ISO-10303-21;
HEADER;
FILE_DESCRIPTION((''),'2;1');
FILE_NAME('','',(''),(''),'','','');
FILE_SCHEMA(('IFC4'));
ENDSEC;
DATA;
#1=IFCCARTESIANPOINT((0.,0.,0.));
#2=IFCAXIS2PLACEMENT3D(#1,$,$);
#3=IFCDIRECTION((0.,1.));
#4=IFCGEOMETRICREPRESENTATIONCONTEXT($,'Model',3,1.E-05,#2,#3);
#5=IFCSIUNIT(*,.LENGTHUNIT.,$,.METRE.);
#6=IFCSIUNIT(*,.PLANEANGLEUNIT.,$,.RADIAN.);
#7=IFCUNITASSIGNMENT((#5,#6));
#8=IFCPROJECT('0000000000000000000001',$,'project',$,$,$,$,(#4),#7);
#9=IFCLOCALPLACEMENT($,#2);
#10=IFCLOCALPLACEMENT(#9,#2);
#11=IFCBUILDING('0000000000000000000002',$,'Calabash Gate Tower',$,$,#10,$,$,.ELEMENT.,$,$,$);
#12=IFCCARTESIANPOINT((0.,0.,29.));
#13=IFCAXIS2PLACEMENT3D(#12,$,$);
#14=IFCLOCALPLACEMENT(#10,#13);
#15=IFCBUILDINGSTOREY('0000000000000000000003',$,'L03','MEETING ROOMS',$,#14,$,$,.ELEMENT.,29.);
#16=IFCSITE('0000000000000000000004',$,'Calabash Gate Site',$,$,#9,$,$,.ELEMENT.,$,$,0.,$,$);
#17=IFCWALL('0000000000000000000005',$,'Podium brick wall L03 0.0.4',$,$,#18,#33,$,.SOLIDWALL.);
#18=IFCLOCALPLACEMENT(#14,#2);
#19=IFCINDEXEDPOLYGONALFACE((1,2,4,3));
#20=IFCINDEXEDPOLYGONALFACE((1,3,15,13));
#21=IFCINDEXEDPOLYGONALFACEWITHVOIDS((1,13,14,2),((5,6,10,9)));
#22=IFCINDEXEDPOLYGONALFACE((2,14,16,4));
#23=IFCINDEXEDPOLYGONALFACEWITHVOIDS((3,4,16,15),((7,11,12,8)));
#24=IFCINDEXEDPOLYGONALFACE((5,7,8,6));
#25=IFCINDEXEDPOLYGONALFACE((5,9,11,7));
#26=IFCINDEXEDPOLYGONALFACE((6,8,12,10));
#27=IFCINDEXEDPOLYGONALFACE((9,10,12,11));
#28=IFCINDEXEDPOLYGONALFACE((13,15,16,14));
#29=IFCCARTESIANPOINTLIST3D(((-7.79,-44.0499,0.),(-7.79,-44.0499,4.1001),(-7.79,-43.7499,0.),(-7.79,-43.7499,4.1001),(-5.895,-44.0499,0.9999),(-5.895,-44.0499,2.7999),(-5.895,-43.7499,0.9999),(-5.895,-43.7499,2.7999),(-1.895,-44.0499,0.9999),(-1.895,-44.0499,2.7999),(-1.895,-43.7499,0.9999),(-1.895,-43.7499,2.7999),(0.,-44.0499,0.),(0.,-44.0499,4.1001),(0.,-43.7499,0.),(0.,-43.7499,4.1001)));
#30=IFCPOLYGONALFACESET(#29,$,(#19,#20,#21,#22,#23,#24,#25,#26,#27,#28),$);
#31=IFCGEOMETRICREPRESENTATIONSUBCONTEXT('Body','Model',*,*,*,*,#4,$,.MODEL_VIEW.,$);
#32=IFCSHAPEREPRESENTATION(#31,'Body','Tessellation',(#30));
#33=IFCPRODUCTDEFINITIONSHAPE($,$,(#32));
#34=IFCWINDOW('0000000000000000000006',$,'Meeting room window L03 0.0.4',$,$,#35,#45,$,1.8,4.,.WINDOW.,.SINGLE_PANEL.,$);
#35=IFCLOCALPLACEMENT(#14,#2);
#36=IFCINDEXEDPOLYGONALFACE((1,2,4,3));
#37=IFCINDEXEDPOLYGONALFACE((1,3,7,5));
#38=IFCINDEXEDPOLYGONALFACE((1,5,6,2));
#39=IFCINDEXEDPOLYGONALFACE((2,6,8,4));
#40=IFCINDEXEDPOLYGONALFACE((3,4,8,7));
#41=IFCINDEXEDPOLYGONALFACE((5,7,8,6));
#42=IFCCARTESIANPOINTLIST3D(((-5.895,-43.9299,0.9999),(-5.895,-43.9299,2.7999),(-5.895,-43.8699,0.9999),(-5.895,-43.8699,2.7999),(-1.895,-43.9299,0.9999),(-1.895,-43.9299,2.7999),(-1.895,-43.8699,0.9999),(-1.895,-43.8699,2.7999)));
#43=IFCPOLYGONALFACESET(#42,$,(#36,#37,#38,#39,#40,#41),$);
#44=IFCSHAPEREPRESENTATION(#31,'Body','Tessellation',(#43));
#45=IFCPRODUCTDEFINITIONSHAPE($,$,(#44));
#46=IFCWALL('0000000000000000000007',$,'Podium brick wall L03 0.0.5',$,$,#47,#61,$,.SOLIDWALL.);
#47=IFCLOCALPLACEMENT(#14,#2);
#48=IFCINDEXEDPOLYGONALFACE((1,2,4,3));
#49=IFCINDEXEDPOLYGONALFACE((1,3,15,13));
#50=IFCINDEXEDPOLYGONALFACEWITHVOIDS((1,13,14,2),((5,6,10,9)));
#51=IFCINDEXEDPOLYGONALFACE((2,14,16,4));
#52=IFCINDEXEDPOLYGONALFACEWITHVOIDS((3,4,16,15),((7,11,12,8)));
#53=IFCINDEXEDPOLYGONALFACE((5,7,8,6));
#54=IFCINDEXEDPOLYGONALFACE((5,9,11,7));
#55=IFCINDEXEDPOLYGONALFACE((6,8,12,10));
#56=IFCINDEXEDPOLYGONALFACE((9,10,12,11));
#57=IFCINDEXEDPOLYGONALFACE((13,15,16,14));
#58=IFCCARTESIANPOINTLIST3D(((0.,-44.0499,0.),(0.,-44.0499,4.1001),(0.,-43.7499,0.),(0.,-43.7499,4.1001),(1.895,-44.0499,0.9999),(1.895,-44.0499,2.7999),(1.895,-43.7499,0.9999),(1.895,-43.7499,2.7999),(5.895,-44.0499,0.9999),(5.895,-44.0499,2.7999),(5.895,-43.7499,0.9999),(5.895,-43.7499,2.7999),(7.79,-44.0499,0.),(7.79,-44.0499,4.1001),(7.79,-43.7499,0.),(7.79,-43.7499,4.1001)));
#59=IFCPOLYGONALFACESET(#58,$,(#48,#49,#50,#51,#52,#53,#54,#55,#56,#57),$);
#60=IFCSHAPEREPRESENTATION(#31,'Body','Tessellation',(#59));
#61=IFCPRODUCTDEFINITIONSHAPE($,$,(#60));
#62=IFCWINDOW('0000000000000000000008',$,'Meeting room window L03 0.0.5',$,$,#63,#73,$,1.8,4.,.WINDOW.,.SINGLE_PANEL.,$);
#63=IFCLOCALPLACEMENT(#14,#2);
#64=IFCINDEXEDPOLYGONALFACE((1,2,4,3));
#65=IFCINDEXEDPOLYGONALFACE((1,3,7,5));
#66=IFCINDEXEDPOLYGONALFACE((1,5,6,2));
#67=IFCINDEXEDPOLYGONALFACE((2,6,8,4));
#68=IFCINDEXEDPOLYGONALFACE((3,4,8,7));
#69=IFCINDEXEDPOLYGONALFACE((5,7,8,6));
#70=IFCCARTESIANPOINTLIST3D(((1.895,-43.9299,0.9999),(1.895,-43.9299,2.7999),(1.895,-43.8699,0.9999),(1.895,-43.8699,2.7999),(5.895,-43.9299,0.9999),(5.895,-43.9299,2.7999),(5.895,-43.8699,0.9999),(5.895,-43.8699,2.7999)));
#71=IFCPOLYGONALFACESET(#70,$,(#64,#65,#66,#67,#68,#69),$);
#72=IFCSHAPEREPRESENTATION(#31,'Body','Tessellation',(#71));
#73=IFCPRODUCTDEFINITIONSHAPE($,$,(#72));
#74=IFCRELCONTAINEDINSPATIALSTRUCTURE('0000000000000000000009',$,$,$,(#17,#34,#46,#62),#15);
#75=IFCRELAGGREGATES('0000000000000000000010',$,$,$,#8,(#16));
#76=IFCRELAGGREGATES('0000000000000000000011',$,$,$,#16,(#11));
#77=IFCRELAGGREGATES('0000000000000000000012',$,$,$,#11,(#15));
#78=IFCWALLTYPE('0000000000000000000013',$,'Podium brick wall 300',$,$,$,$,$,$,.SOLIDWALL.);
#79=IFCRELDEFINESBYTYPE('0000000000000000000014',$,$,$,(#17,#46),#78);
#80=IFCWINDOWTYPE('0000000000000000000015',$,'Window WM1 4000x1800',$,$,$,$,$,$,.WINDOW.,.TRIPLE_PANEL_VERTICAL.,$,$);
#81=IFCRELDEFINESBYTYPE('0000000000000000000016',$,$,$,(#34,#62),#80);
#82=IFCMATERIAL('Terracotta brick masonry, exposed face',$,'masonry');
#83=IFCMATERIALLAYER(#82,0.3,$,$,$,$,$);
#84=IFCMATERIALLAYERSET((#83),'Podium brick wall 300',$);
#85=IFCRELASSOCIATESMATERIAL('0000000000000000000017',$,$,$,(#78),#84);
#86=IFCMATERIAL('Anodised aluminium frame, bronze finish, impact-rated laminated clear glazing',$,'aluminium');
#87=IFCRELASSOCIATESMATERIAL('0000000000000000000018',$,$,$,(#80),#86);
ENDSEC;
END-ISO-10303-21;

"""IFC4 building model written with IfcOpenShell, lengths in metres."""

from ifc_helpers import new_model, si_unit, direction, frame, frame_2d, origin, place, context, subcontext, project, spatial, rectangle, extrude, material, layer, layer_set, type_object, element, fill, save


model = new_model("IFC4")

# Units and contexts
model_context = context("Model", 3, precision=1e-05, world=origin(), true_north=direction((0.0, 1.0)))
body_context = subcontext(model_context, "Body", "Model", "MODEL_VIEW")
ifc_project = project(units=[si_unit("LENGTHUNIT", "METRE"), si_unit("PLANEANGLEUNIT", "RADIAN")], contexts=[model_context])

# Site, building, storey
site_placement = place(None, origin())
site = spatial("IfcSite", under=ifc_project, at=site_placement, Name="Calabash Gate Site", CompositionType="ELEMENT", RefElevation=0.0)
building_placement = place(site_placement, origin())
building = spatial("IfcBuilding", under=site, at=building_placement, Name="Calabash Gate Tower", CompositionType="ELEMENT")
storey_placement = place(building_placement, frame((0.0, 0.0, 29.0)))
storey = spatial("IfcBuildingStorey", under=building, at=storey_placement, Name="L03", Description="MEETING ROOMS", CompositionType="ELEMENT", Elevation=29.0)

# Walls, openings, windows
ifc_material_1 = material(Name="Terracotta brick masonry, exposed face", Category="masonry")
ifc_layer_1 = layer(ifc_material_1, 0.3)
ifc_layer_set_1 = layer_set([ifc_layer_1], Name="Podium brick wall 300")
wall_type_1 = type_object("IfcWallType", Name="Podium brick wall 300", PredefinedType="SOLIDWALL", material=ifc_layer_set_1)
ifc_material_2 = material(Name="Anodised aluminium frame, bronze finish, impact-rated laminated clear glazing", Category="aluminium")
window_type = type_object("IfcWindowType", Name="Window WM1 4000x1800", PartitioningType="TRIPLE_PANEL_VERTICAL", PredefinedType="WINDOW", material=ifc_material_2)
wall_1_placement = place(storey_placement, frame((-7.79, -43.8999, 0.0), z_axis=(0.0, 0.0, 1.0), x_axis=(1.0, 0.0, 0.0)))
wall_1 = element("IfcWall", 1, at=wall_1_placement, inside=storey, type_object=wall_type_1, Name="Podium brick wall L03 0.0.4", PredefinedType="SOLIDWALL", context=body_context, shape_type="SweptSolid", body=[
    extrude(rectangle(XDim=7.79, YDim=0.3, at=frame_2d((3.895, 0.0))), origin(), (0.0, 0.0, 1.0), 4.1001),
])
opening_1_placement = place(wall_1_placement, frame((1.895, 0.0, 1.0)))
opening_1 = element("IfcOpeningElement", 2, at=opening_1_placement, cuts=wall_1, PredefinedType="OPENING", context=body_context, shape_type="SweptSolid", body=[
    extrude(rectangle(XDim=4.0, YDim=1.8, at=frame_2d((2.0, 0.8999))), frame((0.0, 0.1599, 0.0), z_axis=(0.0, -1.0, 0.0), x_axis=(1.0, 0.0, 0.0)), (0.0, 0.0, 1.0), 0.3201),
])
window_1_placement = place(opening_1_placement, origin())
window_1 = element("IfcWindow", 3, at=window_1_placement, inside=storey, type_object=window_type, Name="Meeting room window L03 0.0.4", OverallHeight=1.8, OverallWidth=4.0, PartitioningType="SINGLE_PANEL", PredefinedType="WINDOW", context=body_context, shape_type="SweptSolid", body=[
    extrude(rectangle(XDim=4.0, YDim=1.8, at=frame_2d((2.0, 0.8999))), frame((0.0, 0.03, 0.0), z_axis=(0.0, -1.0, 0.0), x_axis=(1.0, 0.0, 0.0)), (0.0, 0.0, 1.0), 0.0601),
])
fill(opening_1, window_1)
wall_2_placement = place(storey_placement, frame((0.0, -43.8999, 0.0), z_axis=(0.0, 0.0, 1.0), x_axis=(1.0, 0.0, 0.0)))
wall_2 = element("IfcWall", 4, at=wall_2_placement, inside=storey, type_object=wall_type_1, Name="Podium brick wall L03 0.0.5", PredefinedType="SOLIDWALL", context=body_context, shape_type="SweptSolid", body=[
    extrude(rectangle(XDim=7.79, YDim=0.3, at=frame_2d((3.895, 0.0))), origin(), (0.0, 0.0, 1.0), 4.1001),
])
opening_2_placement = place(wall_2_placement, frame((1.895, 0.0, 1.0)))
opening_2 = element("IfcOpeningElement", 5, at=opening_2_placement, cuts=wall_2, PredefinedType="OPENING", context=body_context, shape_type="SweptSolid", body=[
    extrude(rectangle(XDim=4.0, YDim=1.8, at=frame_2d((2.0, 0.8999))), frame((0.0, 0.1599, 0.0), z_axis=(0.0, -1.0, 0.0), x_axis=(1.0, 0.0, 0.0)), (0.0, 0.0, 1.0), 0.3201),
])
window_2_placement = place(opening_2_placement, origin())
window_2 = element("IfcWindow", 6, at=window_2_placement, inside=storey, type_object=window_type, Name="Meeting room window L03 0.0.5", OverallHeight=1.8, OverallWidth=4.0, PartitioningType="SINGLE_PANEL", PredefinedType="WINDOW", context=body_context, shape_type="SweptSolid", body=[
    extrude(rectangle(XDim=4.0, YDim=1.8, at=frame_2d((2.0, 0.8999))), frame((0.0, 0.03, 0.0), z_axis=(0.0, -1.0, 0.0), x_axis=(1.0, 0.0, 0.0)), (0.0, 0.0, 1.0), 0.0601),
])
fill(opening_2, window_2)

save(model, "model.ifc")
